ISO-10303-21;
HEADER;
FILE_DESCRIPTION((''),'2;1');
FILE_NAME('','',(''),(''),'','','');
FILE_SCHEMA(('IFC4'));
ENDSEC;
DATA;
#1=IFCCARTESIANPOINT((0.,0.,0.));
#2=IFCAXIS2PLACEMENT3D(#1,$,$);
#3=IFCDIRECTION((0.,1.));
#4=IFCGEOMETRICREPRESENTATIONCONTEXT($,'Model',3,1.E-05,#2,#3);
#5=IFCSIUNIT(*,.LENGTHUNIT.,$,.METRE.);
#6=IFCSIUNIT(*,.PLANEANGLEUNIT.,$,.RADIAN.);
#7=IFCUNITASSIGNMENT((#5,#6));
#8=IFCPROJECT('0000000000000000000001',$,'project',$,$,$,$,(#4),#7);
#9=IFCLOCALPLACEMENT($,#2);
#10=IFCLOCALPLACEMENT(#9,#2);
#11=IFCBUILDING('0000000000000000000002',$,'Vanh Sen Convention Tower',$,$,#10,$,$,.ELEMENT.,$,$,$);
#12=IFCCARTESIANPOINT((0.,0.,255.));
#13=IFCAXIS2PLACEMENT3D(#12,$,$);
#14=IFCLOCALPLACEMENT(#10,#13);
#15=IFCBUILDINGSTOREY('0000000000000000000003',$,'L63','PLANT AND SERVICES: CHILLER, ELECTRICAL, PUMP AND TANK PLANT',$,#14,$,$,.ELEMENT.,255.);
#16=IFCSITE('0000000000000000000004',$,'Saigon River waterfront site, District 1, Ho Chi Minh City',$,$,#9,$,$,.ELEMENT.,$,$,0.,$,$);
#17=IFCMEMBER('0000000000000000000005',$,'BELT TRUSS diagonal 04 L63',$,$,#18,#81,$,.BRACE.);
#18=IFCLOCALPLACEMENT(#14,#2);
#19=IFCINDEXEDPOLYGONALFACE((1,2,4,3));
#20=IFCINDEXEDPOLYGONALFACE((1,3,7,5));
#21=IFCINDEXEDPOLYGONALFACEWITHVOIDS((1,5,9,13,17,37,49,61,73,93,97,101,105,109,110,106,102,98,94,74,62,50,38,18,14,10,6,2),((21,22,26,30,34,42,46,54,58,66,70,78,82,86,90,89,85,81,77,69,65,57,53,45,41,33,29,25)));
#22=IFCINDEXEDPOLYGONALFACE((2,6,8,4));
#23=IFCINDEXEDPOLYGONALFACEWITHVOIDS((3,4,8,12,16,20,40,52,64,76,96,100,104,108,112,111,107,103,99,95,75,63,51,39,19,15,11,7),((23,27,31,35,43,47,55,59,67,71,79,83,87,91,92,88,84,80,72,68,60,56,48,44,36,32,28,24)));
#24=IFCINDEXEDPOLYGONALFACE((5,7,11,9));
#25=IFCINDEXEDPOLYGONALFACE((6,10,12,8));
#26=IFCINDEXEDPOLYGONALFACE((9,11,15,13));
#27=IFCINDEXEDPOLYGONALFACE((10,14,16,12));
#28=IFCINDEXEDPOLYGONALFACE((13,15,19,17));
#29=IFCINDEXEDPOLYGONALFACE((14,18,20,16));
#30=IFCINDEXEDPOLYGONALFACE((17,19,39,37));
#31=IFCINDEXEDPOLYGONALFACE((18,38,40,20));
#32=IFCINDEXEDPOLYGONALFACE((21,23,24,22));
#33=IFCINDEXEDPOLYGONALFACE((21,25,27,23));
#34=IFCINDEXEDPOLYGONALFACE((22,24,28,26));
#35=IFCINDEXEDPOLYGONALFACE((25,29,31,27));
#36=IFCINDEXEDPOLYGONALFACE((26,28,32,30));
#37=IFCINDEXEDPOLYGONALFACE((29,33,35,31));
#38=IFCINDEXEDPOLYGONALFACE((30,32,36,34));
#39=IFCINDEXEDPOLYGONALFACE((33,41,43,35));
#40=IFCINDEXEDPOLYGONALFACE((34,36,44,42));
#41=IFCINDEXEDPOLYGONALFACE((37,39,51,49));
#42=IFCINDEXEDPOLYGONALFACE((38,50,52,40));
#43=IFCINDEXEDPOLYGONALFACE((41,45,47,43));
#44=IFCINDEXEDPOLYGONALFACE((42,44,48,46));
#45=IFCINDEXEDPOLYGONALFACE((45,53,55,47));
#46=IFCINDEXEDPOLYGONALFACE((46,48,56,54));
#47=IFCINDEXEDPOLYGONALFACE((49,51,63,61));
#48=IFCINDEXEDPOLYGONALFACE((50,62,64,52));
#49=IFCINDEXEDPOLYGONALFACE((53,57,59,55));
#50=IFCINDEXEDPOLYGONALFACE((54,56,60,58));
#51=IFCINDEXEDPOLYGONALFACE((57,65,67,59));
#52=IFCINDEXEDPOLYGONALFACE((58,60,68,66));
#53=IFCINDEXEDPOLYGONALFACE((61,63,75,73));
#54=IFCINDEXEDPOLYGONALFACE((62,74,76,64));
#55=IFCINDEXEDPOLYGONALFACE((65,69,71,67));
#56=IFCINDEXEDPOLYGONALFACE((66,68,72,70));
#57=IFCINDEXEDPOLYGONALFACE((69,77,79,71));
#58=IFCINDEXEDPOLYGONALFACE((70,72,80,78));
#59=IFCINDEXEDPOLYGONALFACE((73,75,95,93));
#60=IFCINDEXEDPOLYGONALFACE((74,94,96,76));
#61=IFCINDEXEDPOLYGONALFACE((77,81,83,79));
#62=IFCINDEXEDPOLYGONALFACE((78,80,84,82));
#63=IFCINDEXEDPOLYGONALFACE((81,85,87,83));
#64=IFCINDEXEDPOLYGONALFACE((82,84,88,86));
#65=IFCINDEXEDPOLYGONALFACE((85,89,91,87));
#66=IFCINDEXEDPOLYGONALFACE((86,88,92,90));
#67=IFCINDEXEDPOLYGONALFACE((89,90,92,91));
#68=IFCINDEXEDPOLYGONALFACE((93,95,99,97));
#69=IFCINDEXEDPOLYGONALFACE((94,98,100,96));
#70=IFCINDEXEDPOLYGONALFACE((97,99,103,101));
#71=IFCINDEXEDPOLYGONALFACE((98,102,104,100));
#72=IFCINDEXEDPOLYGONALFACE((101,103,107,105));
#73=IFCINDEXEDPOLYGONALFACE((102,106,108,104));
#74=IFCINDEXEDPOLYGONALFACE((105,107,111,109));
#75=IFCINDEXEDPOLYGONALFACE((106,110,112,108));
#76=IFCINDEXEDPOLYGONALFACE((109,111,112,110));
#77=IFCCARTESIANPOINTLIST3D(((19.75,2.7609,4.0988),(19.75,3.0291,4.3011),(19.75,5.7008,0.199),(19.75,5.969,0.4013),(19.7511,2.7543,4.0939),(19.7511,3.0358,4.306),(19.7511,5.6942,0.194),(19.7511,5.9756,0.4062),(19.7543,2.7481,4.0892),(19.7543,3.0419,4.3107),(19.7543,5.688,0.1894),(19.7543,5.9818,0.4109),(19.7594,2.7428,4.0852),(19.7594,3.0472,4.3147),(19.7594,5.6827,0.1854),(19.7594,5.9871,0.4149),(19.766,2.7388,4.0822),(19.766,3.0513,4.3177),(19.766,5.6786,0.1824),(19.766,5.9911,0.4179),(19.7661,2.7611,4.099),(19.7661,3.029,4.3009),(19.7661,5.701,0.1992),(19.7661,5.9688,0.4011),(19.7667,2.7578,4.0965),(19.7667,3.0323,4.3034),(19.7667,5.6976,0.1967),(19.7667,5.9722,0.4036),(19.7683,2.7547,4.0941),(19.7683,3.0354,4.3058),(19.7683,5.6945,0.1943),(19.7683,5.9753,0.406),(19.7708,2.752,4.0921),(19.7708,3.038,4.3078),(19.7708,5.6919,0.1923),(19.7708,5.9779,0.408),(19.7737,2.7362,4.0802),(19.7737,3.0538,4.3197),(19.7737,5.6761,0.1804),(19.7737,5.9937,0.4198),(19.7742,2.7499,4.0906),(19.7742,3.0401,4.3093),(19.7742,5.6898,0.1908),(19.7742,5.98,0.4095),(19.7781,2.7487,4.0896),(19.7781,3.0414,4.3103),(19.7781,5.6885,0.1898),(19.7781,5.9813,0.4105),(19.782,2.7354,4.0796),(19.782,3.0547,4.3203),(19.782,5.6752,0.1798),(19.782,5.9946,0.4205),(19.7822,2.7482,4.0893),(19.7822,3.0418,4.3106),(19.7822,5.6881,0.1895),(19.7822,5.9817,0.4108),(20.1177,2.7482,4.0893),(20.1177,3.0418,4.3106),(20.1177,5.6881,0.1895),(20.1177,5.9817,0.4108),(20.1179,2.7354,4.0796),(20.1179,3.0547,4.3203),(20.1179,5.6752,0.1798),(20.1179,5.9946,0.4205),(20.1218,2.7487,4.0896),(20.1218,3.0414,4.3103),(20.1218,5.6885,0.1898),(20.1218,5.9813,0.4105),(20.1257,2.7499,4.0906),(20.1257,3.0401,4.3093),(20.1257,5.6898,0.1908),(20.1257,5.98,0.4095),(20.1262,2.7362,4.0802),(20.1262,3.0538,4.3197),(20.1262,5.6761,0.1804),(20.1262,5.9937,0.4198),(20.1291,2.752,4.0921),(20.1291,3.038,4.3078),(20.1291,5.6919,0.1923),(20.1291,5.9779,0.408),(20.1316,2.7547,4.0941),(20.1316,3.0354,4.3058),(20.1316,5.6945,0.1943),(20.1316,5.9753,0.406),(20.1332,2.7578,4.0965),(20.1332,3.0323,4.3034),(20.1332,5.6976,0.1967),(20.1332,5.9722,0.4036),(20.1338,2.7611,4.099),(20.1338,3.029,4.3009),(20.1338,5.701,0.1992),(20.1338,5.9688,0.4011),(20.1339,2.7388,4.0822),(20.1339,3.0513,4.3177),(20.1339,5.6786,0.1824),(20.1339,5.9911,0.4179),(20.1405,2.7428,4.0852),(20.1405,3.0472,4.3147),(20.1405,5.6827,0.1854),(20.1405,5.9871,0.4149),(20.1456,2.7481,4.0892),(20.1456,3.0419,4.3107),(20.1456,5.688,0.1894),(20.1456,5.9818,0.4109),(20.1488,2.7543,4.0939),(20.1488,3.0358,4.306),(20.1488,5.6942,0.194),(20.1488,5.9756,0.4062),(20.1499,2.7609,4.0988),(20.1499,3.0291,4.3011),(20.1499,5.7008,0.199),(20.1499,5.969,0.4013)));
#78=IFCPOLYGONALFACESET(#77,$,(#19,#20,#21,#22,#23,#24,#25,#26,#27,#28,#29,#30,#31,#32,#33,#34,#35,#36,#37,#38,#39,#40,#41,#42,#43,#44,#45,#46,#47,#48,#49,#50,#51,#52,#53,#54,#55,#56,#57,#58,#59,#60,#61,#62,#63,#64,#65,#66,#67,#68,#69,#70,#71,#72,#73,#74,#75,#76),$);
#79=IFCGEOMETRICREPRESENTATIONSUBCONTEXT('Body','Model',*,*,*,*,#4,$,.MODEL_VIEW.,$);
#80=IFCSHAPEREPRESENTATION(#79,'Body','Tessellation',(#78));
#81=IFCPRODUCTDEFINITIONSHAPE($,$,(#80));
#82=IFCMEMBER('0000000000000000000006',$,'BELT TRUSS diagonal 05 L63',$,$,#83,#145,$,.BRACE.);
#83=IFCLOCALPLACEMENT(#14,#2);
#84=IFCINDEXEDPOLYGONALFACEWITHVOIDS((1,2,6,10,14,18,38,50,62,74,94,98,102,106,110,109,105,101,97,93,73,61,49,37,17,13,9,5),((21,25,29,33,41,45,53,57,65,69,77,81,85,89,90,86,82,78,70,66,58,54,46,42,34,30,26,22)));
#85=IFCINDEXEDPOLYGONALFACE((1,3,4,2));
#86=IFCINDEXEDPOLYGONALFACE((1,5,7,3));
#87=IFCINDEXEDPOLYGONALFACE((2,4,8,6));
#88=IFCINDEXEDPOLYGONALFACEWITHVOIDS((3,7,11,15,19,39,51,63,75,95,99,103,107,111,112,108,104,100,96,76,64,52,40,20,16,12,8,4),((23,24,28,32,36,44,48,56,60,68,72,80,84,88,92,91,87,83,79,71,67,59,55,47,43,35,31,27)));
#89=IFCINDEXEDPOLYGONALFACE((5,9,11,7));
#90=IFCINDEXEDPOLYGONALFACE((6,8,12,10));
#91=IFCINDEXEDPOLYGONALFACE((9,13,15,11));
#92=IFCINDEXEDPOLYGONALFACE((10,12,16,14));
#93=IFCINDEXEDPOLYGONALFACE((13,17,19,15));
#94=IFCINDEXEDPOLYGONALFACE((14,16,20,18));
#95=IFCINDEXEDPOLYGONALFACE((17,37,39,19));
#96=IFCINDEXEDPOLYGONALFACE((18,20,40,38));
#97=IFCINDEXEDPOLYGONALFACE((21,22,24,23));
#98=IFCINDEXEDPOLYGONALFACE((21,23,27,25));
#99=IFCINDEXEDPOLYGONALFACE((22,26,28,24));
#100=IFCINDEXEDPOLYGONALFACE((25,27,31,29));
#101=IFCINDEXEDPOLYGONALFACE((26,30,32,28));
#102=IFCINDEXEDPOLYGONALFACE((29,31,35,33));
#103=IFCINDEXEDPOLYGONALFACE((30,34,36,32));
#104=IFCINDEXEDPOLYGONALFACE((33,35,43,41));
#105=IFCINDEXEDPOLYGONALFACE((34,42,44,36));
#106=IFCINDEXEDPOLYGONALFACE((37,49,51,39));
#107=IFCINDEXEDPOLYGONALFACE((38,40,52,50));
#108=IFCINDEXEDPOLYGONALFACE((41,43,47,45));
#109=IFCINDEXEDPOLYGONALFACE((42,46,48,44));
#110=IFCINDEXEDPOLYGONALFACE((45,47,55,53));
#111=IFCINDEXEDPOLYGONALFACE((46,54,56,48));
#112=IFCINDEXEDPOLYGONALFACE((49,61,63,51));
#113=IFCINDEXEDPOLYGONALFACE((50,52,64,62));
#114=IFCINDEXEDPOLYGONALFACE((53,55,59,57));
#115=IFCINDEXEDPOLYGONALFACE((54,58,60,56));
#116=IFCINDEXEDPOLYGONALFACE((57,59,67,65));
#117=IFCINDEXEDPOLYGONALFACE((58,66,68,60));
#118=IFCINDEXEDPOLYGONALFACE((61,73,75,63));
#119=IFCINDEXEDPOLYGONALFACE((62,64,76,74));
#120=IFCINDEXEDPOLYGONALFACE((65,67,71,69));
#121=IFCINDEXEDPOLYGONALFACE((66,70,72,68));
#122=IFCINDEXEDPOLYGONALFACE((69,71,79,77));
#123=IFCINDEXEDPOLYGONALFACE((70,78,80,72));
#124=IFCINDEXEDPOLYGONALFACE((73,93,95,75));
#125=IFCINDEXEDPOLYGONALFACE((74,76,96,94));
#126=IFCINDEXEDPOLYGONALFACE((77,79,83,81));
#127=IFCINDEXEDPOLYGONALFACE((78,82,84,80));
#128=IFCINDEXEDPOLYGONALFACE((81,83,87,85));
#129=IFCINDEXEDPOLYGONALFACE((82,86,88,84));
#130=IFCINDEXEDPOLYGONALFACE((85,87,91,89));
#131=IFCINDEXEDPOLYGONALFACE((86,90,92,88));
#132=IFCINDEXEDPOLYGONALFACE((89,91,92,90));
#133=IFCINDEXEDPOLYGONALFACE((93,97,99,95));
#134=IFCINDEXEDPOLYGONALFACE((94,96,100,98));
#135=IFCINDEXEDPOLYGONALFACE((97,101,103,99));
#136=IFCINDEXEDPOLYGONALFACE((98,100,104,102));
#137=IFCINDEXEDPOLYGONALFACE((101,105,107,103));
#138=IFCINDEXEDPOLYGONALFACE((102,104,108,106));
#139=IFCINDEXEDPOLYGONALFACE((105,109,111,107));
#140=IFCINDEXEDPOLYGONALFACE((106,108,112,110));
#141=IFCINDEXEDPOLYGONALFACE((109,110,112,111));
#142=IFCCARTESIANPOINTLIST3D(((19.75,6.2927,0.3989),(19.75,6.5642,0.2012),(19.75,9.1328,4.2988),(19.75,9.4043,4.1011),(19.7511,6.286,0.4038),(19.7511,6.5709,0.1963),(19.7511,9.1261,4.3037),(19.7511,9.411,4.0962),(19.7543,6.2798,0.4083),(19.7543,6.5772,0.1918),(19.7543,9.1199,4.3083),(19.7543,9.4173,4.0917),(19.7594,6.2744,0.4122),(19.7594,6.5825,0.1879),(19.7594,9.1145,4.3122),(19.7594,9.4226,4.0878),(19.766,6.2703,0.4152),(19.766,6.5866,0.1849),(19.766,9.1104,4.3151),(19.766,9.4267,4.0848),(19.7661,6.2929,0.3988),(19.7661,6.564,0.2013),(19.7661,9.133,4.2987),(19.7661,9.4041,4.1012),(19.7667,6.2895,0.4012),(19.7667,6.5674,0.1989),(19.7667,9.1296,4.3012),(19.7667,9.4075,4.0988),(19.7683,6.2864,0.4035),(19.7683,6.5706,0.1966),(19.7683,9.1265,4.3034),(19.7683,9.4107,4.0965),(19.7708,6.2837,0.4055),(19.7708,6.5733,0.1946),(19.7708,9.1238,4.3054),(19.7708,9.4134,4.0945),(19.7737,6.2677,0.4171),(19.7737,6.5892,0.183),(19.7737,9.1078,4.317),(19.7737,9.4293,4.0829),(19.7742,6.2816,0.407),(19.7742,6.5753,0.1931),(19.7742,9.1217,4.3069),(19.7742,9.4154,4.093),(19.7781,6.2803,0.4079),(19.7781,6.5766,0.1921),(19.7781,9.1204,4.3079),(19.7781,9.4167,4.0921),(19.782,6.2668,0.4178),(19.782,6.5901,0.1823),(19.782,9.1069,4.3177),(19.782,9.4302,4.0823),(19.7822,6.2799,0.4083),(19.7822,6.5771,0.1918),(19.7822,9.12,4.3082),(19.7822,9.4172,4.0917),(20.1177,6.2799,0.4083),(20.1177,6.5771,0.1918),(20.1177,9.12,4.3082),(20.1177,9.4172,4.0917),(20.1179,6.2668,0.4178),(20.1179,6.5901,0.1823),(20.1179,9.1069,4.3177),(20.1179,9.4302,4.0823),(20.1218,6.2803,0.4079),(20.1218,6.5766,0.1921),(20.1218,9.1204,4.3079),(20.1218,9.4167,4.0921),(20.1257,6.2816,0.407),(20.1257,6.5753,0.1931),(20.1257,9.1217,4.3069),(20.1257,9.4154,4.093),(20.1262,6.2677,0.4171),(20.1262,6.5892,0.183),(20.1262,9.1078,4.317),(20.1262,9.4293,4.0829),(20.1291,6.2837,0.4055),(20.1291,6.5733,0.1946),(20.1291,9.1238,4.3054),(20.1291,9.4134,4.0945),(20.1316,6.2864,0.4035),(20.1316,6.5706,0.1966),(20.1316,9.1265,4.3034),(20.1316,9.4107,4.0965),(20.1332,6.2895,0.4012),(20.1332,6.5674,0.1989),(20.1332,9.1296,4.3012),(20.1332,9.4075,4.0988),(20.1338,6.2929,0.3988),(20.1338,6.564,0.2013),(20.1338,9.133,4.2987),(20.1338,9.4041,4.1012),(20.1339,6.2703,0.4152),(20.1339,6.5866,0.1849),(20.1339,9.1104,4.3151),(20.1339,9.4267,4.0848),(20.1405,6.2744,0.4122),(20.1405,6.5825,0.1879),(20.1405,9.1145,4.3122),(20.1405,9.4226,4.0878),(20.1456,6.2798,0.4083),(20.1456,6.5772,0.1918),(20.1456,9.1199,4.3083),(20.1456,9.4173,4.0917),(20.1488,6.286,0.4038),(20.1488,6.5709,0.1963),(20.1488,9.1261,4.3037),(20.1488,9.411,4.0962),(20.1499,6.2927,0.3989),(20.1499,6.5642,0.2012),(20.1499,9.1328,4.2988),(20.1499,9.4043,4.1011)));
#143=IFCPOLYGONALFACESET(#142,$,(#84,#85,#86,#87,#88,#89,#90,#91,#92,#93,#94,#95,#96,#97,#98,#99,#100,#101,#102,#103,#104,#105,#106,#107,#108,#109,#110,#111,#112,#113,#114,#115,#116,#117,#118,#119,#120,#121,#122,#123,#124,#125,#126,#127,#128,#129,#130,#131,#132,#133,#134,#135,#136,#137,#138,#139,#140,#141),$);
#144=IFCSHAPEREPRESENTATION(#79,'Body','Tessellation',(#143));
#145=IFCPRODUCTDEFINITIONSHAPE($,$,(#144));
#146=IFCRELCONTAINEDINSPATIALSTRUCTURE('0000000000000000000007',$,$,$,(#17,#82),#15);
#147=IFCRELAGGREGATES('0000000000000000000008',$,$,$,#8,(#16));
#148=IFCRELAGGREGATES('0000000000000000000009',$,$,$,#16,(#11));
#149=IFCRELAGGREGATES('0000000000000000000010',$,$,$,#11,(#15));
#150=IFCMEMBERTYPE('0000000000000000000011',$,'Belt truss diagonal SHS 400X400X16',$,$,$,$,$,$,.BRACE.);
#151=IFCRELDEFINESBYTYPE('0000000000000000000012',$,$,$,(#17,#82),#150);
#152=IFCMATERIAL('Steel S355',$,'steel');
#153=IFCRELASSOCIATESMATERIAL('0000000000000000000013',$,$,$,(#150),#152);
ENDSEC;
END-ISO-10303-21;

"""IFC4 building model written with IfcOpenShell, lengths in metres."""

from ifc_helpers import new_model, si_unit, direction, frame, origin, origin_2d, place, context, subcontext, project, spatial, hollow_rectangle, extrude, material, material_profile, profile_set, type_object, element, save


model = new_model("IFC4")

# Units and contexts
model_context = context("Model", 3, precision=1e-05, world=origin(), true_north=direction((0.0, 1.0)))
body_context = subcontext(model_context, "Body", "Model", "MODEL_VIEW")
ifc_project = project(units=[si_unit("LENGTHUNIT", "METRE"), si_unit("PLANEANGLEUNIT", "RADIAN")], contexts=[model_context])

# Site, building, storey
site_placement = place(None, origin())
site = spatial("IfcSite", under=ifc_project, at=site_placement, Name="Saigon River waterfront site, District 1, Ho Chi Minh City", CompositionType="ELEMENT", RefElevation=0.0)
building_placement = place(site_placement, origin())
building = spatial("IfcBuilding", under=site, at=building_placement, Name="Vanh Sen Convention Tower", CompositionType="ELEMENT")
storey_placement = place(building_placement, frame((0.0, 0.0, 255.0)))
storey = spatial("IfcBuildingStorey", under=building, at=storey_placement, Name="L63", Description="PLANT AND SERVICES: CHILLER, ELECTRICAL, PUMP AND TANK PLANT", CompositionType="ELEMENT", Elevation=255.0)

# Members
ifc_material_1 = material(Name="Steel S355", Category="steel")
ifc_material_profile_1 = material_profile(ifc_material_1, hollow_rectangle(XDim=0.3999, YDim=0.3999, WallThickness=0.0161, InnerFilletRadius=0.0161, OuterFilletRadius=0.032, at=origin_2d()), Name="SHS 400X400X16")
ifc_profile_set_1 = profile_set([ifc_material_profile_1], Name="Steel S355")
member_type_1 = type_object("IfcMemberType", Name="Belt truss diagonal SHS 400X400X16", PredefinedType="BRACE", material=ifc_profile_set_1)
member_1_placement = place(storey_placement, frame((19.95, 2.895, 4.2), z_axis=(0.0, 0.601966, -0.798522), x_axis=(-1.0, 0.0, 0.0)))
element("IfcMember", 1, at=member_1_placement, inside=storey, type_object=member_type_1, Name="BELT TRUSS diagonal 04 L63", PredefinedType="BRACE", context=body_context, shape_type="SweptSolid", body=[
    extrude(hollow_rectangle(XDim=0.3999, YDim=0.3999, WallThickness=0.0161, InnerFilletRadius=0.0161, OuterFilletRadius=0.032, at=origin_2d()), origin(), (0.0, 0.0, 1.0), 4.8838),
])
member_2_placement = place(storey_placement, frame((19.95, 6.4285, 0.3), z_axis=(0.0, 0.588686, 0.808362), x_axis=(-1.0, 0.0, 0.0)))
element("IfcMember", 2, at=member_2_placement, inside=storey, type_object=member_type_1, Name="BELT TRUSS diagonal 05 L63", PredefinedType="BRACE", context=body_context, shape_type="SweptSolid", body=[
    extrude(hollow_rectangle(XDim=0.3999, YDim=0.3999, WallThickness=0.0161, InnerFilletRadius=0.0161, OuterFilletRadius=0.032, at=origin_2d()), origin(), (0.0, 0.0, 1.0), 4.8245),
])

save(model, "model.ifc")
